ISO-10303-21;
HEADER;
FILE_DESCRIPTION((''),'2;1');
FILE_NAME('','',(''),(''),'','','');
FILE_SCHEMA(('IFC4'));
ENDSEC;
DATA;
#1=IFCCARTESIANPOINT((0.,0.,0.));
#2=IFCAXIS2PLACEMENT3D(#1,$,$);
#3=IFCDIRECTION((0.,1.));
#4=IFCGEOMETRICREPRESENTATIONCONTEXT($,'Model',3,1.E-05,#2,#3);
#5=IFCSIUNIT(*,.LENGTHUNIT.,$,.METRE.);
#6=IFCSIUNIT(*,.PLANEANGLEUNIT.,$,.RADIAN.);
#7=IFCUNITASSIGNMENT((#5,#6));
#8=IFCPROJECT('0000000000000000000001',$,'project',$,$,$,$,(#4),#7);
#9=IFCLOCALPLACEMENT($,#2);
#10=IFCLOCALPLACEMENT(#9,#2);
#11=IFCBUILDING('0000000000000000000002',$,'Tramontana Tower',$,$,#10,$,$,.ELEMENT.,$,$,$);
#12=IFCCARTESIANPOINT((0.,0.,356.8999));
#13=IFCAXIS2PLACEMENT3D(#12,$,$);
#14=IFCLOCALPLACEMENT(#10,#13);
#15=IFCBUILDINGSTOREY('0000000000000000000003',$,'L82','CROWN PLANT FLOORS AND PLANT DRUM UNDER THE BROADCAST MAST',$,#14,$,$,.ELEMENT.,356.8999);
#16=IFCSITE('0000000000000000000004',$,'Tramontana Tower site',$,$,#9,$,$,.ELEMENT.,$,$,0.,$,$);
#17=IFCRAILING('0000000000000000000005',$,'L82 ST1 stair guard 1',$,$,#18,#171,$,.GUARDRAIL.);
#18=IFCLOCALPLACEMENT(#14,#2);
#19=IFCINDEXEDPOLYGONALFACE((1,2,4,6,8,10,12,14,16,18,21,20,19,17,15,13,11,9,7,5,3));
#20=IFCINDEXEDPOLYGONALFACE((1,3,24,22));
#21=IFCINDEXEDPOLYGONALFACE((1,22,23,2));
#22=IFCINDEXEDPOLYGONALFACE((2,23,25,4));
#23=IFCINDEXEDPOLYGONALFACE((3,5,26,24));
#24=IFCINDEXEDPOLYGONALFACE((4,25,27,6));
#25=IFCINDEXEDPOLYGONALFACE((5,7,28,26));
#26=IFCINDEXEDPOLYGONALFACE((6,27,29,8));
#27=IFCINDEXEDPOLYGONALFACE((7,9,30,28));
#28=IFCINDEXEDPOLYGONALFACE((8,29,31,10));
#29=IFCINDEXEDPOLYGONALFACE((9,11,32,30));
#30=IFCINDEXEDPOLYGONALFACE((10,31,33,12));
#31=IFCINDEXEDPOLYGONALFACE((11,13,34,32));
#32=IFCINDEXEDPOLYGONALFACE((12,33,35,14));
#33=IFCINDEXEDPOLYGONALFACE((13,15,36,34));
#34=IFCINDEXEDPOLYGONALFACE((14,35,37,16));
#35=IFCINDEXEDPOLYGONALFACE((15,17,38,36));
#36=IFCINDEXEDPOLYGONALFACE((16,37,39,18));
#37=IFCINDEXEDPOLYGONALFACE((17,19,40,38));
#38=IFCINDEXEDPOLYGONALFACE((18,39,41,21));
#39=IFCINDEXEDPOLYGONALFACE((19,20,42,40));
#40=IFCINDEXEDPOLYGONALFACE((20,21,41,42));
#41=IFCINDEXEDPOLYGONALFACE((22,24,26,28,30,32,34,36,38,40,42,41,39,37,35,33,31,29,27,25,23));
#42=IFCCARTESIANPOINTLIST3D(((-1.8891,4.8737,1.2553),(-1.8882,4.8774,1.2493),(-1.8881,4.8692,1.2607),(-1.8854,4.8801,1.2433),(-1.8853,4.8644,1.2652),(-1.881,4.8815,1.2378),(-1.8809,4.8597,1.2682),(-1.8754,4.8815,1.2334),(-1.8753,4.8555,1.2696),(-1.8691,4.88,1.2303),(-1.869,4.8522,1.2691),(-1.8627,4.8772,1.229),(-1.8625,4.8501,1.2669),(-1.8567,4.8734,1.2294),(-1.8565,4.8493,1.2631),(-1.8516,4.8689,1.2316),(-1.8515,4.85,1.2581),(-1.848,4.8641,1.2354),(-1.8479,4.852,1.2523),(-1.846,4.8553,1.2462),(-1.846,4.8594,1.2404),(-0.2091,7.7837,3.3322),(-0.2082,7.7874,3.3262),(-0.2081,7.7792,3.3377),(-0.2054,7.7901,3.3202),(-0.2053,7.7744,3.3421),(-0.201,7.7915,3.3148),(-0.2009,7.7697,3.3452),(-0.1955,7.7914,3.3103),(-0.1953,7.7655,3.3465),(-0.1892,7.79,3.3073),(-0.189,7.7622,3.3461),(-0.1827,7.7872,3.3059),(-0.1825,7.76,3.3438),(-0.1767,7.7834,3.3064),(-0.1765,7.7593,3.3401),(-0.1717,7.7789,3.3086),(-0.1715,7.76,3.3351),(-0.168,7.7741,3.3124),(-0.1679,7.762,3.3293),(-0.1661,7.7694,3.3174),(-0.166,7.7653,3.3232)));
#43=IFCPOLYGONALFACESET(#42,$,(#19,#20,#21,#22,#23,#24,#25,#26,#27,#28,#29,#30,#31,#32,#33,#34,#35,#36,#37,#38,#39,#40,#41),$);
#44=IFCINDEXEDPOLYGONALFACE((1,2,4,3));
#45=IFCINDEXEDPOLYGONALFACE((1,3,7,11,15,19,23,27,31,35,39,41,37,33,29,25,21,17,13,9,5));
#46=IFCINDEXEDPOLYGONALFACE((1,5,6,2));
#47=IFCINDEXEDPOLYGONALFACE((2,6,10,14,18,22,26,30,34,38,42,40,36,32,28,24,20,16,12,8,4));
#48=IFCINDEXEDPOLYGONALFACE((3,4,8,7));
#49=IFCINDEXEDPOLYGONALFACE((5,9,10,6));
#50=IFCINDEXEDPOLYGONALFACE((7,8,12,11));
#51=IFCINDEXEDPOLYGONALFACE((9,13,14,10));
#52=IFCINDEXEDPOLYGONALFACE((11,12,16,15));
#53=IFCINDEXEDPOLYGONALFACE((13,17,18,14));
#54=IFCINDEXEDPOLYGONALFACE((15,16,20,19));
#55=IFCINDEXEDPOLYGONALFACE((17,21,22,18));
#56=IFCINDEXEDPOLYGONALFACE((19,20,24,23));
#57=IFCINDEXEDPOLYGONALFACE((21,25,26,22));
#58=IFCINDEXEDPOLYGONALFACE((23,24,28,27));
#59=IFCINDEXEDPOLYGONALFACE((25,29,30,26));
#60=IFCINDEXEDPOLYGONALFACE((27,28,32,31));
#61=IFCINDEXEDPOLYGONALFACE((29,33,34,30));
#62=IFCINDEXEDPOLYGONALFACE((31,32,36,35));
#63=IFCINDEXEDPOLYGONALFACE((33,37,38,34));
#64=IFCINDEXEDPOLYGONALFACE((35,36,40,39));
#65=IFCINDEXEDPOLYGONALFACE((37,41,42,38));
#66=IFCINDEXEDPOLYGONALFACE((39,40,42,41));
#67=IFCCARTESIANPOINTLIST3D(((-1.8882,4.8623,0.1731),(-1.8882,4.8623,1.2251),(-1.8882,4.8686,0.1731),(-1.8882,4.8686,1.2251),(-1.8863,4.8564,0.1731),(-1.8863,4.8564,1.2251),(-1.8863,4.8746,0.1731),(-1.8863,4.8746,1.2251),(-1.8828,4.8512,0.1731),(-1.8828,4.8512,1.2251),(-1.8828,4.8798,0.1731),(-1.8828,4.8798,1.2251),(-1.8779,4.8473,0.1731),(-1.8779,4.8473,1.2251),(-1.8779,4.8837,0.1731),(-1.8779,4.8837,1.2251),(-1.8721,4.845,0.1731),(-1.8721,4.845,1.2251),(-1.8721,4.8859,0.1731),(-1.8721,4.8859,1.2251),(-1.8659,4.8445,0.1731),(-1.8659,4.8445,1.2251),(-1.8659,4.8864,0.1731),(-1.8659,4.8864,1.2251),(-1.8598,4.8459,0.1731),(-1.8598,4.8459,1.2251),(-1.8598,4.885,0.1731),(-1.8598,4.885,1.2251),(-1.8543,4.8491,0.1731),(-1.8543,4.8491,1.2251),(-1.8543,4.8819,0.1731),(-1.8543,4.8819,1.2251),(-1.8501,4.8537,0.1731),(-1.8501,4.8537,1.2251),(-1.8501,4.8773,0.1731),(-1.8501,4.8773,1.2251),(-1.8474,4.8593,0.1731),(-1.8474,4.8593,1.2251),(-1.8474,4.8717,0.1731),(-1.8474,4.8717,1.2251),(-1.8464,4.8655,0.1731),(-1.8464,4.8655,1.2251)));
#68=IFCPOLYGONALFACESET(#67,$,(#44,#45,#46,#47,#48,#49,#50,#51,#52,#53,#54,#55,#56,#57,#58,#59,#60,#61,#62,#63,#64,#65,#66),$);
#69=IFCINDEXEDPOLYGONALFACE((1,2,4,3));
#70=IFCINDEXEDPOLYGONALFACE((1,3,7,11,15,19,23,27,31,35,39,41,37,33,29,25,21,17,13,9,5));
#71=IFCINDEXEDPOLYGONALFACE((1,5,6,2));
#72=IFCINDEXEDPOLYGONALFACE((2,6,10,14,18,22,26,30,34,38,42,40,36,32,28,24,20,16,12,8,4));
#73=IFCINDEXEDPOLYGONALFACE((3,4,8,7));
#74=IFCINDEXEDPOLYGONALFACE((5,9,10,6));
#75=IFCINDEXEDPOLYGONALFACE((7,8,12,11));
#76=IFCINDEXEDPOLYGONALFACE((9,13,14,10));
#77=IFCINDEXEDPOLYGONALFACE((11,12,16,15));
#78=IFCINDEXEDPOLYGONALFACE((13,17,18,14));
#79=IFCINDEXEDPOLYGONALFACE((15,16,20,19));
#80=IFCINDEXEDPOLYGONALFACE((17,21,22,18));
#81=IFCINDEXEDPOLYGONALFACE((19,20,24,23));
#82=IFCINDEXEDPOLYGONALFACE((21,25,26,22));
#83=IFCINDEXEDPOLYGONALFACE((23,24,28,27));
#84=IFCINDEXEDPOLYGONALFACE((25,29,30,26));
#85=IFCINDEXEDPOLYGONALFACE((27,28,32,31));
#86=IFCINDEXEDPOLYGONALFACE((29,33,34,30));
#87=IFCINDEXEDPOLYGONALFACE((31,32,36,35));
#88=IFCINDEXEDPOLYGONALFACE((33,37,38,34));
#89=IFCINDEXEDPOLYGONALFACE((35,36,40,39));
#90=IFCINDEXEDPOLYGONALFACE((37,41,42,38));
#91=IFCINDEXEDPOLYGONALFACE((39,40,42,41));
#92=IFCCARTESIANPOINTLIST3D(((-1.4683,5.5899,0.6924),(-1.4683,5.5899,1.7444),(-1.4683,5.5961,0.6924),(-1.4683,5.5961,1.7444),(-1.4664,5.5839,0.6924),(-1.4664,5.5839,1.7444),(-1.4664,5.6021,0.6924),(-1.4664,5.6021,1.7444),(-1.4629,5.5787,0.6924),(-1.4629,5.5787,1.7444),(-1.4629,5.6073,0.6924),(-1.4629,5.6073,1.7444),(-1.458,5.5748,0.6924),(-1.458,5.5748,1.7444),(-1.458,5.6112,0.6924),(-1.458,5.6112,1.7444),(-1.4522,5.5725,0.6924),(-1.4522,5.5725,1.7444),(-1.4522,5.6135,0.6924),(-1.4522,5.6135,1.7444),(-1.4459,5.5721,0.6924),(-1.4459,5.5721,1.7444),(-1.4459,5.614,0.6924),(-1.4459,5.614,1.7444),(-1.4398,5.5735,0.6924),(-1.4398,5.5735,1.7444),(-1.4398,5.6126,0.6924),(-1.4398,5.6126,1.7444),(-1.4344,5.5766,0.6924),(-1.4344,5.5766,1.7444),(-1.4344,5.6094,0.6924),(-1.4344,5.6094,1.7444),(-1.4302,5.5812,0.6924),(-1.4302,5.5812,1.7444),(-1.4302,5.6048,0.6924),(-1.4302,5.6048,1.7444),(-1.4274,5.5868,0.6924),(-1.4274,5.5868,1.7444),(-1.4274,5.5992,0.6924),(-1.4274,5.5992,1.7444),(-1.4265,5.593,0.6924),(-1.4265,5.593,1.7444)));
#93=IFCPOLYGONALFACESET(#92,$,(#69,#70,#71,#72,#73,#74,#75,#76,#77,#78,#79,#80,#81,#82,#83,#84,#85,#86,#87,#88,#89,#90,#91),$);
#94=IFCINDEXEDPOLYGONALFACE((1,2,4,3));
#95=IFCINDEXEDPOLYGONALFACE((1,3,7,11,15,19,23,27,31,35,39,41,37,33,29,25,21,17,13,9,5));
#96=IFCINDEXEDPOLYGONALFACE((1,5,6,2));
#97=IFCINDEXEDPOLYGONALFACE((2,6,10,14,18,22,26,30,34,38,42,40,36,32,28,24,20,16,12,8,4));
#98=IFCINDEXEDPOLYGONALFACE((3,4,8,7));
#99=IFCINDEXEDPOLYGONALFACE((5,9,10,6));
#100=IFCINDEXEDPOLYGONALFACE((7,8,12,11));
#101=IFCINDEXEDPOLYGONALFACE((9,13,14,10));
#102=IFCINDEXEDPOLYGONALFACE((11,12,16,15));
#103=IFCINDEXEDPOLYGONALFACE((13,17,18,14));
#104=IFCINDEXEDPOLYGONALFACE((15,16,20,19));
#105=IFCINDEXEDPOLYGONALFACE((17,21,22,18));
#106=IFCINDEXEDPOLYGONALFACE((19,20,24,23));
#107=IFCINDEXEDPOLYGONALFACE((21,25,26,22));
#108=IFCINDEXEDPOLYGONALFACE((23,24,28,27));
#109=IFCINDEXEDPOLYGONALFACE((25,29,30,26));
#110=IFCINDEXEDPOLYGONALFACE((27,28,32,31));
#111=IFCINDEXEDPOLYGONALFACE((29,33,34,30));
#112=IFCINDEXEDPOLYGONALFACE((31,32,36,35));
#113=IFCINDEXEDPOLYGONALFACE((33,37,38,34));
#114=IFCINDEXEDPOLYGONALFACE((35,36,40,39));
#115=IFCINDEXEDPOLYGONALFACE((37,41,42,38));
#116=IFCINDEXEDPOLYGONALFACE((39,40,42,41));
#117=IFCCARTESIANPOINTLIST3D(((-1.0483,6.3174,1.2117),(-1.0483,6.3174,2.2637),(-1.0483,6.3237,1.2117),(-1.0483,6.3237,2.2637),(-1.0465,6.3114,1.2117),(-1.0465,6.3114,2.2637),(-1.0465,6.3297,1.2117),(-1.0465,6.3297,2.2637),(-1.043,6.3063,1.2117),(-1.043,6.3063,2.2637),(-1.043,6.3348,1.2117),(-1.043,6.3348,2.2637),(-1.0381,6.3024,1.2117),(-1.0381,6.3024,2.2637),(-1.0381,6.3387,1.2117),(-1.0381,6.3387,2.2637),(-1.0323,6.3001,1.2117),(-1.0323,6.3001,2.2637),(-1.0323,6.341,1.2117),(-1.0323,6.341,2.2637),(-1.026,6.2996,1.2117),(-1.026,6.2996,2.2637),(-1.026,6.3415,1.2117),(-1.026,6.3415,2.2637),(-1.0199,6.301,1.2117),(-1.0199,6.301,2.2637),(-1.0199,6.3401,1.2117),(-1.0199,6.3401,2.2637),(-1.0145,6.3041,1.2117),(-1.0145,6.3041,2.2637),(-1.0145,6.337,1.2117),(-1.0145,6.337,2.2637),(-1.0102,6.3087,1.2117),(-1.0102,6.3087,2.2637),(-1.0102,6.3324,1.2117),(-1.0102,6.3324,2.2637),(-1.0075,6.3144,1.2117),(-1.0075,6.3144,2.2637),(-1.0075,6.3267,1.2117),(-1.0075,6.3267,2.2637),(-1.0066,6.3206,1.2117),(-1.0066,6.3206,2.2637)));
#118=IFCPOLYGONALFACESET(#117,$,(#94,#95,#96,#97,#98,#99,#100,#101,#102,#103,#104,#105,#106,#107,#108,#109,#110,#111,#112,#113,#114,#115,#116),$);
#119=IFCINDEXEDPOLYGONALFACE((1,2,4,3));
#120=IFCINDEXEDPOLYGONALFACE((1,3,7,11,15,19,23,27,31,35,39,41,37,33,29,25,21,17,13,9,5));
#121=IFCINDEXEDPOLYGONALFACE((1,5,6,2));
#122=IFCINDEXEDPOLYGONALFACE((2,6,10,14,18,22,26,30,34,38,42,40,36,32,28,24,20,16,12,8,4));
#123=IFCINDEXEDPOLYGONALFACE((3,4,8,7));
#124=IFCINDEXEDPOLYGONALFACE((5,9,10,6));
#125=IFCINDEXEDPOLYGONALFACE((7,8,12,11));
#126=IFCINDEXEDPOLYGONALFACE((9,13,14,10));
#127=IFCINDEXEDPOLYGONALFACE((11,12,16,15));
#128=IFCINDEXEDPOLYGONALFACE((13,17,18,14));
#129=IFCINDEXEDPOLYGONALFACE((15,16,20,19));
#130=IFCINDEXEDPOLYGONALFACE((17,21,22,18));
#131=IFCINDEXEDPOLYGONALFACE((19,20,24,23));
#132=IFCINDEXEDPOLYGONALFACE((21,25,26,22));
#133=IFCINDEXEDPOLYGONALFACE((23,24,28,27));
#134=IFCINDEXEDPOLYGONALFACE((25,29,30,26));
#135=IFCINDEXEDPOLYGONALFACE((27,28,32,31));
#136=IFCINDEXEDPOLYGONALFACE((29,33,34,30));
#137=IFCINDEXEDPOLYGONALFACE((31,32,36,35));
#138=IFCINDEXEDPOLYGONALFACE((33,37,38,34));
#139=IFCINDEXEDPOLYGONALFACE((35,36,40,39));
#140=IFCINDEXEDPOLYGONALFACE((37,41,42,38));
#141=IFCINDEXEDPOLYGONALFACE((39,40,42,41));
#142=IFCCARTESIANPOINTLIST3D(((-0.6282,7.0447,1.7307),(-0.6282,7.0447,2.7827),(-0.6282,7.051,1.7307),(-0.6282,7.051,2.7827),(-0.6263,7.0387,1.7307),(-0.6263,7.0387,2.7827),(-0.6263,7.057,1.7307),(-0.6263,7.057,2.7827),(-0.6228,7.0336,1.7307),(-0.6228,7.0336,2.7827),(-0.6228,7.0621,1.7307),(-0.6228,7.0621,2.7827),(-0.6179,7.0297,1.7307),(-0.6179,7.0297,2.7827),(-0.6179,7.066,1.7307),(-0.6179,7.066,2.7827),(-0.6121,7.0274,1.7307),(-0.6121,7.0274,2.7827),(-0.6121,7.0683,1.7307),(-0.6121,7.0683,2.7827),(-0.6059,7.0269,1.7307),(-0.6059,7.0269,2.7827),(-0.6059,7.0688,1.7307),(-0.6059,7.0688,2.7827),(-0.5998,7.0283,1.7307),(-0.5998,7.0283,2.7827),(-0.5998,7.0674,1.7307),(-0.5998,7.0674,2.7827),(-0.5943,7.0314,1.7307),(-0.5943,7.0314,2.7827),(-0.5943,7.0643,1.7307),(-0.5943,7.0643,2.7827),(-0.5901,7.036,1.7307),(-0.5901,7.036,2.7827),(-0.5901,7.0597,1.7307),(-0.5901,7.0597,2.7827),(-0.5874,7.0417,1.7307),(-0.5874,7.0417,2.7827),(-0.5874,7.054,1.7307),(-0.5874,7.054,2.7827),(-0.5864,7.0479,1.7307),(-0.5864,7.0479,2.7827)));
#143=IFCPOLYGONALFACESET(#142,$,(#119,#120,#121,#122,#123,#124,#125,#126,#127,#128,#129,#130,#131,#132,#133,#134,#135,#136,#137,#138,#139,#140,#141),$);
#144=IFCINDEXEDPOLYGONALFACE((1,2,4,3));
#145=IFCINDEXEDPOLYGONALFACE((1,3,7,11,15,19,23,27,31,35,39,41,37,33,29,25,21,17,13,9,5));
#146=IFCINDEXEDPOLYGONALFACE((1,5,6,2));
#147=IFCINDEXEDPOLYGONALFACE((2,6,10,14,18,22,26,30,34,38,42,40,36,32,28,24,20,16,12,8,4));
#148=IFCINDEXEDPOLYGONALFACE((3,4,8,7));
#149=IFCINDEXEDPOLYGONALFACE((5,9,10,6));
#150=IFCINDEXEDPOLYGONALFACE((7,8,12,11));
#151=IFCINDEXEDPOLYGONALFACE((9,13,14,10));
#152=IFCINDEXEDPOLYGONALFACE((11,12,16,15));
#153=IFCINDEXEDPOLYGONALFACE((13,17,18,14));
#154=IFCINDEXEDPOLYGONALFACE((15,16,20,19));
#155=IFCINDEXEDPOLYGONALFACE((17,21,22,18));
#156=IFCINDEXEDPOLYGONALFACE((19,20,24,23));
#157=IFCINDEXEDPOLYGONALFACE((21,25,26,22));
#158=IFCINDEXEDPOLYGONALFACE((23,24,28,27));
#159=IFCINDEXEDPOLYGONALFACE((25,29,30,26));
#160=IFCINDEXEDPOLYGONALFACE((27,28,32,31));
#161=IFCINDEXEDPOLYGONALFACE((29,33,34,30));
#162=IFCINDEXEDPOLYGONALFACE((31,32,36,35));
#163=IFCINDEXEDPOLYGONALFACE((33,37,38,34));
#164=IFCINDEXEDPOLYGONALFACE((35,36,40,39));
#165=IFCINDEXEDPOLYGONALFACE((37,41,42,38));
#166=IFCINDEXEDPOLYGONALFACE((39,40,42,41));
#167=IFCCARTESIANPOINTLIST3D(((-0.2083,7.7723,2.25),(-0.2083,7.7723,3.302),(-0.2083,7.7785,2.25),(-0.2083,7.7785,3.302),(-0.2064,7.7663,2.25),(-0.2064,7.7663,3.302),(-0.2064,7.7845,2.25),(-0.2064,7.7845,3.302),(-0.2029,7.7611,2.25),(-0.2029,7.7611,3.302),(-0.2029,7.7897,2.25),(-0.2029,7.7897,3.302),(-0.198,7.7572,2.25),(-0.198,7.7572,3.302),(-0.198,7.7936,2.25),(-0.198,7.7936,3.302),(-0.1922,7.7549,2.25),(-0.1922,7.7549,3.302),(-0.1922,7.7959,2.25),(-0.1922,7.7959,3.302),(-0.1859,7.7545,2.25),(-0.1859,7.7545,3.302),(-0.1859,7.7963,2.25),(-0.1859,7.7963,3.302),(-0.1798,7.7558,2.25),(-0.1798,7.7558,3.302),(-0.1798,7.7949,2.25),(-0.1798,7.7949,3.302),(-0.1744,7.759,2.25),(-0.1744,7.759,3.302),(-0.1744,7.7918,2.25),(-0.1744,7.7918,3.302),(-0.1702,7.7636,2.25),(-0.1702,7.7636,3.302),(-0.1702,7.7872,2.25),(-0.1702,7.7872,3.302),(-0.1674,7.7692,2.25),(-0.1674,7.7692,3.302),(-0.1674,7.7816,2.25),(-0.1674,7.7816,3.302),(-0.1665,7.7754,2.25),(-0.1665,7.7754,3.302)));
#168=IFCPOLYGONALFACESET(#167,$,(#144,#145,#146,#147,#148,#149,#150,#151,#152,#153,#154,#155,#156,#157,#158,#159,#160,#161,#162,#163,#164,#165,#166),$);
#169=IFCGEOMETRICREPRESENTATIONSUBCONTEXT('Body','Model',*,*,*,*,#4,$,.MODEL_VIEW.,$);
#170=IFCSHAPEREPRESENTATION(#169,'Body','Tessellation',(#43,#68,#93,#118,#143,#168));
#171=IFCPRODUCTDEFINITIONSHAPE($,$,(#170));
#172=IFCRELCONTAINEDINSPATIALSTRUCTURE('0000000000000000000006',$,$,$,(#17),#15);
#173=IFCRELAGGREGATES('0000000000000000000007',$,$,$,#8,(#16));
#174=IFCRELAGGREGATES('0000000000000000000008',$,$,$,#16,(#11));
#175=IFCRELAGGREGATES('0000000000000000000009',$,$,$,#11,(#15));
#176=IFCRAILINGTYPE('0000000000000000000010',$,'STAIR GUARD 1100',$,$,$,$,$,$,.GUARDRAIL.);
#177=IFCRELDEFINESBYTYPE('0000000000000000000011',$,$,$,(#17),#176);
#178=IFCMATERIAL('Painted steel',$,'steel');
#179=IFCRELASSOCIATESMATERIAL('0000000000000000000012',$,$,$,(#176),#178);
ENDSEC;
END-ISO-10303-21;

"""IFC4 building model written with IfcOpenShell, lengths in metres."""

from ifc_helpers import new_model, si_unit, direction, frame, origin, origin_2d, place, context, subcontext, project, spatial, circle, extrude, material, type_object, element, save


model = new_model("IFC4")

# Units and contexts
model_context = context("Model", 3, precision=1e-05, world=origin(), true_north=direction((0.0, 1.0)))
body_context = subcontext(model_context, "Body", "Model", "MODEL_VIEW")
ifc_project = project(units=[si_unit("LENGTHUNIT", "METRE"), si_unit("PLANEANGLEUNIT", "RADIAN")], contexts=[model_context])

# Site, building, storey
site_placement = place(None, origin())
site = spatial("IfcSite", under=ifc_project, at=site_placement, Name="Tramontana Tower site", CompositionType="ELEMENT", RefElevation=0.0)
building_placement = place(site_placement, origin())
building = spatial("IfcBuilding", under=site, at=building_placement, Name="Tramontana Tower", CompositionType="ELEMENT")
storey_placement = place(building_placement, frame((0.0, 0.0, 356.8999)))
storey = spatial("IfcBuildingStorey", under=building, at=storey_placement, Name="L82", Description="CROWN PLANT FLOORS AND PLANT DRUM UNDER THE BROADCAST MAST", CompositionType="ELEMENT", Elevation=356.8999)

# Railing
ifc_material_1 = material(Name="Painted steel", Category="steel")
railing_type_1 = type_object("IfcRailingType", Name="STAIR GUARD 1100", PredefinedType="GUARDRAIL", material=ifc_material_1)
railing_1_placement = place(storey_placement, frame((-1.8674, 4.8655, 0.1731)))
element("IfcRailing", 1, at=railing_1_placement, inside=storey, type_object=railing_type_1, Name="L82 ST1 stair guard 1", PredefinedType="GUARDRAIL", context=body_context, shape_type="SweptSolid", body=[
    extrude(circle(Radius=0.0239, at=origin_2d()), frame((0.0, 0.0, 1.0762), z_axis=(0.425288, 0.736668, 0.525785), x_axis=(-0.866039, 0.499976, 0.0)), (0.0, 0.0, 1.0), 3.9502),
    extrude(circle(Radius=0.021, at=origin_2d()), origin(), (0.0, 0.0, 1.0), 1.052),
    extrude(circle(Radius=0.021, at=origin_2d()), frame((0.4199, 0.7275, 0.5193)), (0.0, 0.0, 1.0), 1.052),
    extrude(circle(Radius=0.021, at=origin_2d()), frame((0.8398, 1.4551, 1.0386)), (0.0, 0.0, 1.0), 1.052),
    extrude(circle(Radius=0.021, at=origin_2d()), frame((1.26, 2.1824, 1.5576)), (0.0, 0.0, 1.0), 1.052),
    extrude(circle(Radius=0.021, at=origin_2d()), frame((1.6799, 2.9099, 2.0769)), (0.0, 0.0, 1.0), 1.052),
])

save(model, "model.ifc")
